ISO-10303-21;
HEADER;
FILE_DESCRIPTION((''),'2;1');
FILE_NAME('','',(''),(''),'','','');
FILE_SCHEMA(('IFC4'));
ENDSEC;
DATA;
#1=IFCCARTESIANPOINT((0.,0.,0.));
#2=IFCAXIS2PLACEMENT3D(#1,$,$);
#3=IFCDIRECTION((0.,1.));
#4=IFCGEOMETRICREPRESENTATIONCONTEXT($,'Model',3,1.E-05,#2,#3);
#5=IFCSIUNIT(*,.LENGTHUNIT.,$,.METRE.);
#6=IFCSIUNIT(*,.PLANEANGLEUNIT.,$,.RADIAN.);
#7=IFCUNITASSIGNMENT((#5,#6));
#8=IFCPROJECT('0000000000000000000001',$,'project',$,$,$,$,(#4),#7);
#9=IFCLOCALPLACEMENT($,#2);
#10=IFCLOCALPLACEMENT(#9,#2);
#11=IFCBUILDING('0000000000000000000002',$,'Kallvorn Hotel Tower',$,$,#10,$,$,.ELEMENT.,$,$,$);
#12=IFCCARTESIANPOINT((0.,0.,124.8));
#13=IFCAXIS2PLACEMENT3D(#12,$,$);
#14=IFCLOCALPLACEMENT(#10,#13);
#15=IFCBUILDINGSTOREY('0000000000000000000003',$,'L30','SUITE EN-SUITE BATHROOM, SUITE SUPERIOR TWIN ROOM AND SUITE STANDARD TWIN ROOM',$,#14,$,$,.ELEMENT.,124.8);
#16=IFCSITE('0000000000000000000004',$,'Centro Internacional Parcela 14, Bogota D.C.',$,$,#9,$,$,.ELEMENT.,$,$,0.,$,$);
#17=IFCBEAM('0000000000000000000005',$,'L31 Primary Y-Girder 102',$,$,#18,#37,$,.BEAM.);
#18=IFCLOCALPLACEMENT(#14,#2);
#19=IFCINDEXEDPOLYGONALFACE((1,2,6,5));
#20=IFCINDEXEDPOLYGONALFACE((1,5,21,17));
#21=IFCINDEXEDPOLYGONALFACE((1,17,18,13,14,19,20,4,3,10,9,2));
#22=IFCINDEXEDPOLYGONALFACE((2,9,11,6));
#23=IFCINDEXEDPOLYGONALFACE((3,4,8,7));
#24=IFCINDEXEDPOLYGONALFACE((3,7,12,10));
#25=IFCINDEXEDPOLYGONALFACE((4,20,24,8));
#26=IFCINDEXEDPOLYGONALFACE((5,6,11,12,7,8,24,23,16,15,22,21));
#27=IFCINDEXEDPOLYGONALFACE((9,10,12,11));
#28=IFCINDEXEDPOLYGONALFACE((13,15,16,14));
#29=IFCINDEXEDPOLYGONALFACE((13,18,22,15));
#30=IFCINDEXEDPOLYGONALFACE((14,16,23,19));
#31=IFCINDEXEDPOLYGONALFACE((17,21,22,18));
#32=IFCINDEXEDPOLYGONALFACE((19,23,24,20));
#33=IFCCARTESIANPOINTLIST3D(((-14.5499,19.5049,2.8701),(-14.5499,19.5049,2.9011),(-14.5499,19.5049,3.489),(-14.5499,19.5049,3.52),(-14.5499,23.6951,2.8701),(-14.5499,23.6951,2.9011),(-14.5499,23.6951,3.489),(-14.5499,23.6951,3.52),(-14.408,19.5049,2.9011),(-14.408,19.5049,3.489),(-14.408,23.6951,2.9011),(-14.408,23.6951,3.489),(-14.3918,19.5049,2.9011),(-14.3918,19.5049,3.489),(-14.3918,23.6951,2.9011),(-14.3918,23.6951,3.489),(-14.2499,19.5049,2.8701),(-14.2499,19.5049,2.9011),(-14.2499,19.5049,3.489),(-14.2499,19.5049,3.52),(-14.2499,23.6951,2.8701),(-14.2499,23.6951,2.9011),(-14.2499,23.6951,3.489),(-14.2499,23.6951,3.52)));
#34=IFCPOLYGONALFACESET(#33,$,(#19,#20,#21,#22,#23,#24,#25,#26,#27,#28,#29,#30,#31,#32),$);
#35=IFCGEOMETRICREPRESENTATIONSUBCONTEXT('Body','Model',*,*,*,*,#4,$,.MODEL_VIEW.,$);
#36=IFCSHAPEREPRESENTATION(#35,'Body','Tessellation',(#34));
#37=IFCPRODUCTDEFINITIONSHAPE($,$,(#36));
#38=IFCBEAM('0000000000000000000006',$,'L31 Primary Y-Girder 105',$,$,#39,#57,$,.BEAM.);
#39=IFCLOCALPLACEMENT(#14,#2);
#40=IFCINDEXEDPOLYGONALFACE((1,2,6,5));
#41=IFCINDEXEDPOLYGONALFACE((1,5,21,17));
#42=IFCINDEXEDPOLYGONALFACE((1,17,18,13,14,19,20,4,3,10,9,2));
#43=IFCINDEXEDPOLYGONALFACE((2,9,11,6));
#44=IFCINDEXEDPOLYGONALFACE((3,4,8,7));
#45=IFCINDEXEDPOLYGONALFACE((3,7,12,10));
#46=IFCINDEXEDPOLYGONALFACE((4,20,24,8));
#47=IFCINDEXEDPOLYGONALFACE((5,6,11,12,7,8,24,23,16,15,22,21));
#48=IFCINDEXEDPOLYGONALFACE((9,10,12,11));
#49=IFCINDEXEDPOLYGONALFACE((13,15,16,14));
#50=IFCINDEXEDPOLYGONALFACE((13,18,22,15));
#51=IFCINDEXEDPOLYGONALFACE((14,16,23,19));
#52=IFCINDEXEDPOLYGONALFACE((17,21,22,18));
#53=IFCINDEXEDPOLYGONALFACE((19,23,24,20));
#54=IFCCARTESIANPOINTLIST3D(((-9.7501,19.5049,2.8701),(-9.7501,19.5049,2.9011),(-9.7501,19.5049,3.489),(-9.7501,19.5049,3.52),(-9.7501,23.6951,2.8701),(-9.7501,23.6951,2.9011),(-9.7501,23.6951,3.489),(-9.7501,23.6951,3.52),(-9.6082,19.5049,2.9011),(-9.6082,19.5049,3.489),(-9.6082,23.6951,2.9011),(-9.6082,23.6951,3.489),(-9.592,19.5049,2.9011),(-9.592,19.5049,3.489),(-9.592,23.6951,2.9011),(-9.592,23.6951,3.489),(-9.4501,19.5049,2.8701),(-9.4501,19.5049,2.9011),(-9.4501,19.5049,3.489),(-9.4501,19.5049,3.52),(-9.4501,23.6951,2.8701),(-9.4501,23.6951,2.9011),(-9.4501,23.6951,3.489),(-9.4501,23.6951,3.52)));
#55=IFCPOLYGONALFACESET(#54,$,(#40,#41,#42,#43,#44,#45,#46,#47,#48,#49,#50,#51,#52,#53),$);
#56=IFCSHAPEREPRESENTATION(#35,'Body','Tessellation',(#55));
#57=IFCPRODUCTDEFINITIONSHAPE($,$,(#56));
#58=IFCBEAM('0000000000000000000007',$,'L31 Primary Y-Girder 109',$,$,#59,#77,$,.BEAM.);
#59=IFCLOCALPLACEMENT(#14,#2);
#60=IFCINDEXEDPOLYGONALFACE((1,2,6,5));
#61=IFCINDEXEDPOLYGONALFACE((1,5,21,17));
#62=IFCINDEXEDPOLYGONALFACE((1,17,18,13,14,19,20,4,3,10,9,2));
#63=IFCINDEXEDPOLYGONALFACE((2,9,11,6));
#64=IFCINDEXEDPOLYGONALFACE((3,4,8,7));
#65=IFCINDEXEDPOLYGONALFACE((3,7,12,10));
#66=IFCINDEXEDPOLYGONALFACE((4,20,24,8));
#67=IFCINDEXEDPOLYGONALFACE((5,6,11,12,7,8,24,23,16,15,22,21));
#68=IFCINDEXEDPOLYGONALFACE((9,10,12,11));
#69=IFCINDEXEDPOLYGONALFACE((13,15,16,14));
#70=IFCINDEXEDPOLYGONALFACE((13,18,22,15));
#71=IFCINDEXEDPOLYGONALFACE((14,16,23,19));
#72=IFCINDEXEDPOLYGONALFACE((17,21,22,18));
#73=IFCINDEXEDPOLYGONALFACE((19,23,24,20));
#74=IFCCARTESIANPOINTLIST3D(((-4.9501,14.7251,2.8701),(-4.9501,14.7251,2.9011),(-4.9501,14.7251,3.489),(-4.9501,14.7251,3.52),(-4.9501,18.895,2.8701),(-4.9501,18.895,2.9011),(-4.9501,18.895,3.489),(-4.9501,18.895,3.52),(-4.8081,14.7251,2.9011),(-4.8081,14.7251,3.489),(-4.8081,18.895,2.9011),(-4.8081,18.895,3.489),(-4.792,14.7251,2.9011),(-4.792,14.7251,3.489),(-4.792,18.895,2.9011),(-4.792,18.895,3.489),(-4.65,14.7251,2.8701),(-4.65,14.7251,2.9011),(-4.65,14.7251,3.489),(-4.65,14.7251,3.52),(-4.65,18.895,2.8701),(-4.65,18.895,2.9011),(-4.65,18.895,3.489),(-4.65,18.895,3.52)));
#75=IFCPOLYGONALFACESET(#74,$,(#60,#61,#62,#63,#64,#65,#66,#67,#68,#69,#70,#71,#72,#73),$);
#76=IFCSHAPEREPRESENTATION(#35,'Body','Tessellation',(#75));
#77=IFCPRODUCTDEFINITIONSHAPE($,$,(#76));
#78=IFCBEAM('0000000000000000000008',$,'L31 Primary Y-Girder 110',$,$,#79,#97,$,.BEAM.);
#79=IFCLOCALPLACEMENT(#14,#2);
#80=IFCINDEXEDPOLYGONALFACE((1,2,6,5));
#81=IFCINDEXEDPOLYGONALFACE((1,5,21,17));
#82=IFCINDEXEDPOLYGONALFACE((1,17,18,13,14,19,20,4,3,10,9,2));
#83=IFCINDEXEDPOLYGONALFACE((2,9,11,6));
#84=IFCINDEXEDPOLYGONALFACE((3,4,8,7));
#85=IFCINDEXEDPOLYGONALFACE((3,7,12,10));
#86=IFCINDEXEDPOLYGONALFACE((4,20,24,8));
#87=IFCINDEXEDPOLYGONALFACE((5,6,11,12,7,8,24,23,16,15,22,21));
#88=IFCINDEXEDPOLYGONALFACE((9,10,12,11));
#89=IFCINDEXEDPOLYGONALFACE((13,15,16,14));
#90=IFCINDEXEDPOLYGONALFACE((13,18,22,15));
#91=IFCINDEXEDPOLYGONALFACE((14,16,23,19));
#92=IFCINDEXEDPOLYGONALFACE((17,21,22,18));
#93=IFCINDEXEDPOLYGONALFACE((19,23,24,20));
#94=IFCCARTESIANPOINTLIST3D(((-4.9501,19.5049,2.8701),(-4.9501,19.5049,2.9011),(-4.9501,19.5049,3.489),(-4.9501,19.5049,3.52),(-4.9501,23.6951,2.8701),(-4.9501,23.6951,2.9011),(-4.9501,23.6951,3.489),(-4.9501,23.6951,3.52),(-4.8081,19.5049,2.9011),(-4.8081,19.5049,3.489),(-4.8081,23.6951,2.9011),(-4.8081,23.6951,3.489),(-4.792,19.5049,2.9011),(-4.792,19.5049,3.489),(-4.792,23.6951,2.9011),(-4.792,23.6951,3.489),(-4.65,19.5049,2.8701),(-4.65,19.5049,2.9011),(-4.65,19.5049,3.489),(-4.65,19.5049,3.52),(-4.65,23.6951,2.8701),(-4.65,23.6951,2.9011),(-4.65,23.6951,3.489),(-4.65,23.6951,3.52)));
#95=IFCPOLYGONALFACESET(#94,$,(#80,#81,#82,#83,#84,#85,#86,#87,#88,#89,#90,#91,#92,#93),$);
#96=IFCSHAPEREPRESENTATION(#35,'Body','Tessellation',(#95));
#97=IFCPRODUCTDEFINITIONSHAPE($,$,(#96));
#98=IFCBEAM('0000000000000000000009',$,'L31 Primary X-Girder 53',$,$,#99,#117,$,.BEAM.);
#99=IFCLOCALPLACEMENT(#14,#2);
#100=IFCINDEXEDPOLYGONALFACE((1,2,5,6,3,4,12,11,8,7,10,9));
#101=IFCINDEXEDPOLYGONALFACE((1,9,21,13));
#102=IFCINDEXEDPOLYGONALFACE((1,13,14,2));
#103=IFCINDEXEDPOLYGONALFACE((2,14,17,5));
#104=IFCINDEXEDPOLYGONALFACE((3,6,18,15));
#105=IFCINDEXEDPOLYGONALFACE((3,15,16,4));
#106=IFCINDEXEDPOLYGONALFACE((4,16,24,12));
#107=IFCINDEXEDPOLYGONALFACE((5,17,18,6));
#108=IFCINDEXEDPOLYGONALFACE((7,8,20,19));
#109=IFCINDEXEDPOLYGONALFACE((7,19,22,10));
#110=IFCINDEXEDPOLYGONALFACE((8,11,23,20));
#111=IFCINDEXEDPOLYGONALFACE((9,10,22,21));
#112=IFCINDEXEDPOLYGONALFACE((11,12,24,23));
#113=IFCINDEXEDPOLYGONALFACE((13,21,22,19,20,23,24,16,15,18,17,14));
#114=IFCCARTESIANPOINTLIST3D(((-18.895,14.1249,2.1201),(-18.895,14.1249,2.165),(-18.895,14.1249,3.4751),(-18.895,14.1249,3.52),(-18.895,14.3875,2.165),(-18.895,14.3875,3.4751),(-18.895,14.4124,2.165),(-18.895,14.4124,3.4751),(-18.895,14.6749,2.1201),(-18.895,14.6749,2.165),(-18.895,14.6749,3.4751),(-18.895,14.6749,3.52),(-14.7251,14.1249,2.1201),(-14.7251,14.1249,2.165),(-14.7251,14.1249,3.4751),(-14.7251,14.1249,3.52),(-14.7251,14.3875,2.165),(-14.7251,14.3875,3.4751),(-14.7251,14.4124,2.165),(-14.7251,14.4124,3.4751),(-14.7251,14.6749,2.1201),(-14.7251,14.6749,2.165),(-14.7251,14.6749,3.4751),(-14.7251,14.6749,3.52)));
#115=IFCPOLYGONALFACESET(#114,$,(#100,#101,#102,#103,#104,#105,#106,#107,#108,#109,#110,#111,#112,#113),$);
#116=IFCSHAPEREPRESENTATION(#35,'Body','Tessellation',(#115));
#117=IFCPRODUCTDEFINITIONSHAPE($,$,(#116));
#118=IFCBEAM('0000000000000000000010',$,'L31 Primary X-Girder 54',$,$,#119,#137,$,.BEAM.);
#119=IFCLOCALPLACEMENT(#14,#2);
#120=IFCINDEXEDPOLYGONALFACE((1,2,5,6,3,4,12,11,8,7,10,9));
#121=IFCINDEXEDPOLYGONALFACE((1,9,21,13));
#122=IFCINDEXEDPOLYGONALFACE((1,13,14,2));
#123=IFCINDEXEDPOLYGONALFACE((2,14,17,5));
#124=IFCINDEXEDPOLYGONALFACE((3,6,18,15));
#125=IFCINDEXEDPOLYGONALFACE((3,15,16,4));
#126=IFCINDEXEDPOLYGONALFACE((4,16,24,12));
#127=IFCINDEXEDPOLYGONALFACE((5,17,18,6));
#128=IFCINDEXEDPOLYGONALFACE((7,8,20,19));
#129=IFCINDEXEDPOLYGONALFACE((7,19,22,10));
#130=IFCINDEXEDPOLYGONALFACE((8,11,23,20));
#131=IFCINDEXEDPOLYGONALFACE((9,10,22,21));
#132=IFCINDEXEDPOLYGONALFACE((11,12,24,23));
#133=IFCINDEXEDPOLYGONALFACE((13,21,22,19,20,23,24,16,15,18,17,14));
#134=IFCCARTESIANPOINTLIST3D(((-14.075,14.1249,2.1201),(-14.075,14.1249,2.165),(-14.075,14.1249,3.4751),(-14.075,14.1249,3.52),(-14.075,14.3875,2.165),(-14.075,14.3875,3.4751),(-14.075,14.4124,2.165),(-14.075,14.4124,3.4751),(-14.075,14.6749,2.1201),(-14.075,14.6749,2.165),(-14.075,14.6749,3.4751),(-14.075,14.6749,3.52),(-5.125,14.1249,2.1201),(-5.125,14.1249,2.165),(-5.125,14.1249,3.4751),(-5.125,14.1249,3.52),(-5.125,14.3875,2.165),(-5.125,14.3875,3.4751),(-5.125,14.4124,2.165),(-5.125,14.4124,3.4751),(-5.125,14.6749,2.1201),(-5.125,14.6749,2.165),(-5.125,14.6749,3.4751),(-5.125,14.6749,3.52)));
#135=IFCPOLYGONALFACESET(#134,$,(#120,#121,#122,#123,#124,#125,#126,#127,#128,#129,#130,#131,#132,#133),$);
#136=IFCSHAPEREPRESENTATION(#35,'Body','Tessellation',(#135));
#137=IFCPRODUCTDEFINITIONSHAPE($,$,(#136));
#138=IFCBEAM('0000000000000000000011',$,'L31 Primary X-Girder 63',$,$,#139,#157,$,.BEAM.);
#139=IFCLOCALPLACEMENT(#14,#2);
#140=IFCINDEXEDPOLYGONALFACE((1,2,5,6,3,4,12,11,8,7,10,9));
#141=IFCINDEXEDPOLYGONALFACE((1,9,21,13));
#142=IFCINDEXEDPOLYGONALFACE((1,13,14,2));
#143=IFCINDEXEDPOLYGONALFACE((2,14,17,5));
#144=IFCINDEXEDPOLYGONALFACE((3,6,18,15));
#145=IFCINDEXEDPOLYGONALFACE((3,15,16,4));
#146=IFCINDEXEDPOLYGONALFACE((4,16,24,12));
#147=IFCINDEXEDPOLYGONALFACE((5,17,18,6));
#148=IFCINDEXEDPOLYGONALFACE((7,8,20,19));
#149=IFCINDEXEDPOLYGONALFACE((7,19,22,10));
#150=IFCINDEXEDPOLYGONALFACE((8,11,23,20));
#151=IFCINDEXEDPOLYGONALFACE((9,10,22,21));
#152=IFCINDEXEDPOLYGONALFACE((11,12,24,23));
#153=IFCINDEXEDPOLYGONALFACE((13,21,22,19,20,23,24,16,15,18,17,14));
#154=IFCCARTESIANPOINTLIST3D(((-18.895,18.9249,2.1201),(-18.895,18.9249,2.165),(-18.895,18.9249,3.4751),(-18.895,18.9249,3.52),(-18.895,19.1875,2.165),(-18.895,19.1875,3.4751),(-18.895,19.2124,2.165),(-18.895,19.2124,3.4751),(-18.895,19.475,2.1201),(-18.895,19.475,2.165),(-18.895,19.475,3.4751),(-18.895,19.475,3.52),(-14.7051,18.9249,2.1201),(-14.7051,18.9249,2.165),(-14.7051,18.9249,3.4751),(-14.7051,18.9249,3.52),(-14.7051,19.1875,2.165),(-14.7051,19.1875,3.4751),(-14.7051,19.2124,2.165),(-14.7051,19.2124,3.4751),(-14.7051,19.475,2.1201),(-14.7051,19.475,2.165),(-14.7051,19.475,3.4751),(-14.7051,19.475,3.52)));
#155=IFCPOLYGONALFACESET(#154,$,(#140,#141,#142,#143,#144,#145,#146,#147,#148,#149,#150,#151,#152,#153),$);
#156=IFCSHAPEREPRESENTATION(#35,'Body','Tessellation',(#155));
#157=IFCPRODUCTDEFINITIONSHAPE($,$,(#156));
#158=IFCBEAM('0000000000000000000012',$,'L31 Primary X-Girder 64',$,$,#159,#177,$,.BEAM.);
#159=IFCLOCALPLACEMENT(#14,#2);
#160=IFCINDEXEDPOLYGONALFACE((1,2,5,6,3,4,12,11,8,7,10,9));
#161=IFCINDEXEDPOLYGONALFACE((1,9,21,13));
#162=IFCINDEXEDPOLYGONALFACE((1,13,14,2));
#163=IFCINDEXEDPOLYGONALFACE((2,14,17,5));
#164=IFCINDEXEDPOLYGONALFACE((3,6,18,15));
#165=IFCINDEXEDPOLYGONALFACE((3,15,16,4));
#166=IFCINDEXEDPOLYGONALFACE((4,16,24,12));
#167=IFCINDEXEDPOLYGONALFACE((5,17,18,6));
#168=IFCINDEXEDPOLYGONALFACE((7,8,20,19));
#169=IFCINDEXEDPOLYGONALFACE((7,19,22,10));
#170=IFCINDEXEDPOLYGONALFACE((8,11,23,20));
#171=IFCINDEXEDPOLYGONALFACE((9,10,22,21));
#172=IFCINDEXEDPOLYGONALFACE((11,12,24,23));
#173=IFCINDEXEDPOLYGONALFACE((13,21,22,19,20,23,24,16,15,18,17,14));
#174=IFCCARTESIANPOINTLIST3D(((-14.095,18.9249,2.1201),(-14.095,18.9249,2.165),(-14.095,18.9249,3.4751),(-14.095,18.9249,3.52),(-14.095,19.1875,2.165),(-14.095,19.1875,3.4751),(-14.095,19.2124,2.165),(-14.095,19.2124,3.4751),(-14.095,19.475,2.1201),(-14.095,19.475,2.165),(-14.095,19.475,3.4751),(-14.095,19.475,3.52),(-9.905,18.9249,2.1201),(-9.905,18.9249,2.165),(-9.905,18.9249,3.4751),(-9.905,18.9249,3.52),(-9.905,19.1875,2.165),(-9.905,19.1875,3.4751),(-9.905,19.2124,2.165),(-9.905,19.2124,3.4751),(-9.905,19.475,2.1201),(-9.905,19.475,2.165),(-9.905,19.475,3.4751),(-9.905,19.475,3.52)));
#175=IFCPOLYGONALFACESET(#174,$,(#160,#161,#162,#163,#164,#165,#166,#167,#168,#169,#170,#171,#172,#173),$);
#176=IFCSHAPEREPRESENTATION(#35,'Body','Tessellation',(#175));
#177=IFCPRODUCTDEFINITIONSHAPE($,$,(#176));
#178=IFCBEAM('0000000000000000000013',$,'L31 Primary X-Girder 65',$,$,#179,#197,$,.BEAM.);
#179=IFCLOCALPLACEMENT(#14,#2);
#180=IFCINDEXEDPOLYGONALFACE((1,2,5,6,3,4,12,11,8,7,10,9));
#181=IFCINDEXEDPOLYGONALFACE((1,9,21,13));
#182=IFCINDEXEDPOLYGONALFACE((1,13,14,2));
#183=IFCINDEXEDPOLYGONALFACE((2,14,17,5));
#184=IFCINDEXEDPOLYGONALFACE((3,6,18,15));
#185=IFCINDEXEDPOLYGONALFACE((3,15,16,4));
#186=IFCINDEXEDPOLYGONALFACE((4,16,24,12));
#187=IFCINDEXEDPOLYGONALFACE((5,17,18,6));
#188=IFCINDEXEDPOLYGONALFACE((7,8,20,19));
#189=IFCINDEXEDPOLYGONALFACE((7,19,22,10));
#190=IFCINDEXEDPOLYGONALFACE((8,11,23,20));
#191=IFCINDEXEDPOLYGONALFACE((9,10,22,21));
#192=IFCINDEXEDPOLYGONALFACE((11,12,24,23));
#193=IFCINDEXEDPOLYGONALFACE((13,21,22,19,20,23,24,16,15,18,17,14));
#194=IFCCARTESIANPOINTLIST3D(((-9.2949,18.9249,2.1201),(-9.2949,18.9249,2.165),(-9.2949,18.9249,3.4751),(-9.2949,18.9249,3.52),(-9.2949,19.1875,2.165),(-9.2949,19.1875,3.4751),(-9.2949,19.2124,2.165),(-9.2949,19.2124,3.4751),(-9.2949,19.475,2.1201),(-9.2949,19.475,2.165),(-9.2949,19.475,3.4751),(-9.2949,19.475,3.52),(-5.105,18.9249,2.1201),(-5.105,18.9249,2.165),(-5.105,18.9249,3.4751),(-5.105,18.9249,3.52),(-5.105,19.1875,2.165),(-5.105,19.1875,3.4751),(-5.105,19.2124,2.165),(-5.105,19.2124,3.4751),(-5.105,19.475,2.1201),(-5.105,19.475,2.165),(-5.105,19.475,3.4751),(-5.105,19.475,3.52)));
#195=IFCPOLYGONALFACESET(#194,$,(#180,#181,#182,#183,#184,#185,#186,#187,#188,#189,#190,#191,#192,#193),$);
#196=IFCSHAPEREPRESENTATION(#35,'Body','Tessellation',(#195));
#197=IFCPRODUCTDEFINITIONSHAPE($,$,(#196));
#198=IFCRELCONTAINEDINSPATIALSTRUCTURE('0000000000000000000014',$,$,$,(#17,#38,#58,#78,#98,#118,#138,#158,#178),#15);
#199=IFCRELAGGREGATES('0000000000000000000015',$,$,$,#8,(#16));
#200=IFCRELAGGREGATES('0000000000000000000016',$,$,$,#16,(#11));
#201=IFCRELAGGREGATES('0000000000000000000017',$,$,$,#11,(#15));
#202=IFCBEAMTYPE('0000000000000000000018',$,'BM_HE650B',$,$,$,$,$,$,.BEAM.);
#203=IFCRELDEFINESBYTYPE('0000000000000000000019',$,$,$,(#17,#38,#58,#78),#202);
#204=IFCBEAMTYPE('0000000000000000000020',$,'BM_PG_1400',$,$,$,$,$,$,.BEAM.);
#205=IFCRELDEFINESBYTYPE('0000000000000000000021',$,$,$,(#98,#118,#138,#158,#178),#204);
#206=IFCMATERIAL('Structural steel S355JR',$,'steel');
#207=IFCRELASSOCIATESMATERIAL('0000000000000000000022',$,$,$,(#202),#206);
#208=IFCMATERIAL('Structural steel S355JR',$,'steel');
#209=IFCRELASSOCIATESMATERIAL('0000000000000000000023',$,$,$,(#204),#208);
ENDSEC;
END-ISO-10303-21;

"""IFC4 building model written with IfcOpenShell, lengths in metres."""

from ifc_helpers import new_model, si_unit, direction, frame, origin, origin_2d, place, context, subcontext, project, spatial, i_section, extrude, material, material_profile, profile_set, type_object, element, save


model = new_model("IFC4")

# Units and contexts
model_context = context("Model", 3, precision=1e-05, world=origin(), true_north=direction((0.0, 1.0)))
body_context = subcontext(model_context, "Body", "Model", "MODEL_VIEW")
ifc_project = project(units=[si_unit("LENGTHUNIT", "METRE"), si_unit("PLANEANGLEUNIT", "RADIAN")], contexts=[model_context])

# Site, building, storey
site_placement = place(None, origin())
site = spatial("IfcSite", under=ifc_project, at=site_placement, Name="Centro Internacional Parcela 14, Bogota D.C.", CompositionType="ELEMENT", RefElevation=0.0)
building_placement = place(site_placement, origin())
building = spatial("IfcBuilding", under=site, at=building_placement, Name="Kallvorn Hotel Tower", CompositionType="ELEMENT")
storey_placement = place(building_placement, frame((0.0, 0.0, 124.8)))
storey = spatial("IfcBuildingStorey", under=building, at=storey_placement, Name="L30", Description="SUITE EN-SUITE BATHROOM, SUITE SUPERIOR TWIN ROOM AND SUITE STANDARD TWIN ROOM", CompositionType="ELEMENT", Elevation=124.8)

# Beams
ifc_material_1 = material(Name="Structural steel S355JR", Category="steel")
ifc_material_profile_1 = material_profile(ifc_material_1, i_section(OverallWidth=0.3, OverallDepth=0.6499, WebThickness=0.0161, FlangeThickness=0.031, at=origin_2d()), Name="HE 650 B")
ifc_profile_set_1 = profile_set([ifc_material_profile_1], Name="Structural steel S355JR")
beam_type_1 = type_object("IfcBeamType", Name="BM_HE650B", PredefinedType="BEAM", material=ifc_profile_set_1)
for number, where, z_axis, x_axis, name in (
    (1, (-14.3999, 19.5049, 3.1951), (0.0, 1.0, 0.0), (-1.0, 0.0, 0.0), "L31 Primary Y-Girder 102"),
    (2, (-9.6001, 19.5049, 3.1951), (0.0, 1.0, 0.0), (-1.0, 0.0, 0.0), "L31 Primary Y-Girder 105"),
):
    element("IfcBeam", number, at=place(storey_placement, frame(where, z_axis=z_axis, x_axis=x_axis)), inside=storey, type_object=beam_type_1, Name=name, PredefinedType="BEAM", context=body_context, shape_type="SweptSolid", body=[
        extrude(i_section(OverallWidth=0.3, OverallDepth=0.6499, WebThickness=0.0161, FlangeThickness=0.031, at=origin_2d()), origin(), (0.0, 0.0, 1.0), 4.1902),
    ])
beam_1_placement = place(storey_placement, frame((-4.8, 14.7251, 3.1951), z_axis=(0.0, 1.0, 0.0), x_axis=(-1.0, 0.0, 0.0)))
element("IfcBeam", 3, at=beam_1_placement, inside=storey, type_object=beam_type_1, Name="L31 Primary Y-Girder 109", PredefinedType="BEAM", context=body_context, shape_type="SweptSolid", body=[
    extrude(i_section(OverallWidth=0.3, OverallDepth=0.6499, WebThickness=0.0161, FlangeThickness=0.031, at=origin_2d()), origin(), (0.0, 0.0, 1.0), 4.1699),
])
beam_2_placement = place(storey_placement, frame((-4.8, 19.5049, 3.1951), z_axis=(0.0, 1.0, 0.0), x_axis=(-1.0, 0.0, 0.0)))
element("IfcBeam", 4, at=beam_2_placement, inside=storey, type_object=beam_type_1, Name="L31 Primary Y-Girder 110", PredefinedType="BEAM", context=body_context, shape_type="SweptSolid", body=[
    extrude(i_section(OverallWidth=0.3, OverallDepth=0.6499, WebThickness=0.0161, FlangeThickness=0.031, at=origin_2d()), origin(), (0.0, 0.0, 1.0), 4.1902),
])
ifc_material_2 = material(Name="Structural steel S355JR", Category="steel")
ifc_material_profile_2 = material_profile(ifc_material_2, i_section(OverallWidth=0.55, OverallDepth=1.3999, WebThickness=0.0249, FlangeThickness=0.0449, at=origin_2d()), Name="PG 1400x550x25x45")
ifc_profile_set_2 = profile_set([ifc_material_profile_2], Name="Structural steel S355JR")
beam_type_2 = type_object("IfcBeamType", Name="BM_PG_1400", PredefinedType="BEAM", material=ifc_profile_set_2)
beam_3_placement = place(storey_placement, frame((-18.895, 14.3999, 2.8201), z_axis=(1.0, 0.0, 0.0), x_axis=(0.0, 1.0, 0.0)))
element("IfcBeam", 5, at=beam_3_placement, inside=storey, type_object=beam_type_2, Name="L31 Primary X-Girder 53", PredefinedType="BEAM", context=body_context, shape_type="SweptSolid", body=[
    extrude(i_section(OverallWidth=0.55, OverallDepth=1.3999, WebThickness=0.0249, FlangeThickness=0.0449, at=origin_2d()), origin(), (0.0, 0.0, 1.0), 4.1699),
])
beam_4_placement = place(storey_placement, frame((-14.075, 14.3999, 2.8201), z_axis=(1.0, 0.0, 0.0), x_axis=(0.0, 1.0, 0.0)))
element("IfcBeam", 6, at=beam_4_placement, inside=storey, type_object=beam_type_2, Name="L31 Primary X-Girder 54", PredefinedType="BEAM", context=body_context, shape_type="SweptSolid", body=[
    extrude(i_section(OverallWidth=0.55, OverallDepth=1.3999, WebThickness=0.0249, FlangeThickness=0.0449, at=origin_2d()), origin(), (0.0, 0.0, 1.0), 8.95),
])
for number, where, z_axis, x_axis, name in (
    (7, (-18.895, 19.2, 2.8201), (1.0, 0.0, 0.0), (0.0, 1.0, 0.0), "L31 Primary X-Girder 63"),
    (8, (-14.095, 19.2, 2.8201), (1.0, 0.0, 0.0), (0.0, 1.0, 0.0), "L31 Primary X-Girder 64"),
    (9, (-9.2949, 19.2, 2.8201), (1.0, 0.0, 0.0), (0.0, 1.0, 0.0), "L31 Primary X-Girder 65"),
):
    element("IfcBeam", number, at=place(storey_placement, frame(where, z_axis=z_axis, x_axis=x_axis)), inside=storey, type_object=beam_type_2, Name=name, PredefinedType="BEAM", context=body_context, shape_type="SweptSolid", body=[
        extrude(i_section(OverallWidth=0.55, OverallDepth=1.3999, WebThickness=0.0249, FlangeThickness=0.0449, at=origin_2d()), origin(), (0.0, 0.0, 1.0), 4.1899),
    ])

save(model, "model.ifc")
